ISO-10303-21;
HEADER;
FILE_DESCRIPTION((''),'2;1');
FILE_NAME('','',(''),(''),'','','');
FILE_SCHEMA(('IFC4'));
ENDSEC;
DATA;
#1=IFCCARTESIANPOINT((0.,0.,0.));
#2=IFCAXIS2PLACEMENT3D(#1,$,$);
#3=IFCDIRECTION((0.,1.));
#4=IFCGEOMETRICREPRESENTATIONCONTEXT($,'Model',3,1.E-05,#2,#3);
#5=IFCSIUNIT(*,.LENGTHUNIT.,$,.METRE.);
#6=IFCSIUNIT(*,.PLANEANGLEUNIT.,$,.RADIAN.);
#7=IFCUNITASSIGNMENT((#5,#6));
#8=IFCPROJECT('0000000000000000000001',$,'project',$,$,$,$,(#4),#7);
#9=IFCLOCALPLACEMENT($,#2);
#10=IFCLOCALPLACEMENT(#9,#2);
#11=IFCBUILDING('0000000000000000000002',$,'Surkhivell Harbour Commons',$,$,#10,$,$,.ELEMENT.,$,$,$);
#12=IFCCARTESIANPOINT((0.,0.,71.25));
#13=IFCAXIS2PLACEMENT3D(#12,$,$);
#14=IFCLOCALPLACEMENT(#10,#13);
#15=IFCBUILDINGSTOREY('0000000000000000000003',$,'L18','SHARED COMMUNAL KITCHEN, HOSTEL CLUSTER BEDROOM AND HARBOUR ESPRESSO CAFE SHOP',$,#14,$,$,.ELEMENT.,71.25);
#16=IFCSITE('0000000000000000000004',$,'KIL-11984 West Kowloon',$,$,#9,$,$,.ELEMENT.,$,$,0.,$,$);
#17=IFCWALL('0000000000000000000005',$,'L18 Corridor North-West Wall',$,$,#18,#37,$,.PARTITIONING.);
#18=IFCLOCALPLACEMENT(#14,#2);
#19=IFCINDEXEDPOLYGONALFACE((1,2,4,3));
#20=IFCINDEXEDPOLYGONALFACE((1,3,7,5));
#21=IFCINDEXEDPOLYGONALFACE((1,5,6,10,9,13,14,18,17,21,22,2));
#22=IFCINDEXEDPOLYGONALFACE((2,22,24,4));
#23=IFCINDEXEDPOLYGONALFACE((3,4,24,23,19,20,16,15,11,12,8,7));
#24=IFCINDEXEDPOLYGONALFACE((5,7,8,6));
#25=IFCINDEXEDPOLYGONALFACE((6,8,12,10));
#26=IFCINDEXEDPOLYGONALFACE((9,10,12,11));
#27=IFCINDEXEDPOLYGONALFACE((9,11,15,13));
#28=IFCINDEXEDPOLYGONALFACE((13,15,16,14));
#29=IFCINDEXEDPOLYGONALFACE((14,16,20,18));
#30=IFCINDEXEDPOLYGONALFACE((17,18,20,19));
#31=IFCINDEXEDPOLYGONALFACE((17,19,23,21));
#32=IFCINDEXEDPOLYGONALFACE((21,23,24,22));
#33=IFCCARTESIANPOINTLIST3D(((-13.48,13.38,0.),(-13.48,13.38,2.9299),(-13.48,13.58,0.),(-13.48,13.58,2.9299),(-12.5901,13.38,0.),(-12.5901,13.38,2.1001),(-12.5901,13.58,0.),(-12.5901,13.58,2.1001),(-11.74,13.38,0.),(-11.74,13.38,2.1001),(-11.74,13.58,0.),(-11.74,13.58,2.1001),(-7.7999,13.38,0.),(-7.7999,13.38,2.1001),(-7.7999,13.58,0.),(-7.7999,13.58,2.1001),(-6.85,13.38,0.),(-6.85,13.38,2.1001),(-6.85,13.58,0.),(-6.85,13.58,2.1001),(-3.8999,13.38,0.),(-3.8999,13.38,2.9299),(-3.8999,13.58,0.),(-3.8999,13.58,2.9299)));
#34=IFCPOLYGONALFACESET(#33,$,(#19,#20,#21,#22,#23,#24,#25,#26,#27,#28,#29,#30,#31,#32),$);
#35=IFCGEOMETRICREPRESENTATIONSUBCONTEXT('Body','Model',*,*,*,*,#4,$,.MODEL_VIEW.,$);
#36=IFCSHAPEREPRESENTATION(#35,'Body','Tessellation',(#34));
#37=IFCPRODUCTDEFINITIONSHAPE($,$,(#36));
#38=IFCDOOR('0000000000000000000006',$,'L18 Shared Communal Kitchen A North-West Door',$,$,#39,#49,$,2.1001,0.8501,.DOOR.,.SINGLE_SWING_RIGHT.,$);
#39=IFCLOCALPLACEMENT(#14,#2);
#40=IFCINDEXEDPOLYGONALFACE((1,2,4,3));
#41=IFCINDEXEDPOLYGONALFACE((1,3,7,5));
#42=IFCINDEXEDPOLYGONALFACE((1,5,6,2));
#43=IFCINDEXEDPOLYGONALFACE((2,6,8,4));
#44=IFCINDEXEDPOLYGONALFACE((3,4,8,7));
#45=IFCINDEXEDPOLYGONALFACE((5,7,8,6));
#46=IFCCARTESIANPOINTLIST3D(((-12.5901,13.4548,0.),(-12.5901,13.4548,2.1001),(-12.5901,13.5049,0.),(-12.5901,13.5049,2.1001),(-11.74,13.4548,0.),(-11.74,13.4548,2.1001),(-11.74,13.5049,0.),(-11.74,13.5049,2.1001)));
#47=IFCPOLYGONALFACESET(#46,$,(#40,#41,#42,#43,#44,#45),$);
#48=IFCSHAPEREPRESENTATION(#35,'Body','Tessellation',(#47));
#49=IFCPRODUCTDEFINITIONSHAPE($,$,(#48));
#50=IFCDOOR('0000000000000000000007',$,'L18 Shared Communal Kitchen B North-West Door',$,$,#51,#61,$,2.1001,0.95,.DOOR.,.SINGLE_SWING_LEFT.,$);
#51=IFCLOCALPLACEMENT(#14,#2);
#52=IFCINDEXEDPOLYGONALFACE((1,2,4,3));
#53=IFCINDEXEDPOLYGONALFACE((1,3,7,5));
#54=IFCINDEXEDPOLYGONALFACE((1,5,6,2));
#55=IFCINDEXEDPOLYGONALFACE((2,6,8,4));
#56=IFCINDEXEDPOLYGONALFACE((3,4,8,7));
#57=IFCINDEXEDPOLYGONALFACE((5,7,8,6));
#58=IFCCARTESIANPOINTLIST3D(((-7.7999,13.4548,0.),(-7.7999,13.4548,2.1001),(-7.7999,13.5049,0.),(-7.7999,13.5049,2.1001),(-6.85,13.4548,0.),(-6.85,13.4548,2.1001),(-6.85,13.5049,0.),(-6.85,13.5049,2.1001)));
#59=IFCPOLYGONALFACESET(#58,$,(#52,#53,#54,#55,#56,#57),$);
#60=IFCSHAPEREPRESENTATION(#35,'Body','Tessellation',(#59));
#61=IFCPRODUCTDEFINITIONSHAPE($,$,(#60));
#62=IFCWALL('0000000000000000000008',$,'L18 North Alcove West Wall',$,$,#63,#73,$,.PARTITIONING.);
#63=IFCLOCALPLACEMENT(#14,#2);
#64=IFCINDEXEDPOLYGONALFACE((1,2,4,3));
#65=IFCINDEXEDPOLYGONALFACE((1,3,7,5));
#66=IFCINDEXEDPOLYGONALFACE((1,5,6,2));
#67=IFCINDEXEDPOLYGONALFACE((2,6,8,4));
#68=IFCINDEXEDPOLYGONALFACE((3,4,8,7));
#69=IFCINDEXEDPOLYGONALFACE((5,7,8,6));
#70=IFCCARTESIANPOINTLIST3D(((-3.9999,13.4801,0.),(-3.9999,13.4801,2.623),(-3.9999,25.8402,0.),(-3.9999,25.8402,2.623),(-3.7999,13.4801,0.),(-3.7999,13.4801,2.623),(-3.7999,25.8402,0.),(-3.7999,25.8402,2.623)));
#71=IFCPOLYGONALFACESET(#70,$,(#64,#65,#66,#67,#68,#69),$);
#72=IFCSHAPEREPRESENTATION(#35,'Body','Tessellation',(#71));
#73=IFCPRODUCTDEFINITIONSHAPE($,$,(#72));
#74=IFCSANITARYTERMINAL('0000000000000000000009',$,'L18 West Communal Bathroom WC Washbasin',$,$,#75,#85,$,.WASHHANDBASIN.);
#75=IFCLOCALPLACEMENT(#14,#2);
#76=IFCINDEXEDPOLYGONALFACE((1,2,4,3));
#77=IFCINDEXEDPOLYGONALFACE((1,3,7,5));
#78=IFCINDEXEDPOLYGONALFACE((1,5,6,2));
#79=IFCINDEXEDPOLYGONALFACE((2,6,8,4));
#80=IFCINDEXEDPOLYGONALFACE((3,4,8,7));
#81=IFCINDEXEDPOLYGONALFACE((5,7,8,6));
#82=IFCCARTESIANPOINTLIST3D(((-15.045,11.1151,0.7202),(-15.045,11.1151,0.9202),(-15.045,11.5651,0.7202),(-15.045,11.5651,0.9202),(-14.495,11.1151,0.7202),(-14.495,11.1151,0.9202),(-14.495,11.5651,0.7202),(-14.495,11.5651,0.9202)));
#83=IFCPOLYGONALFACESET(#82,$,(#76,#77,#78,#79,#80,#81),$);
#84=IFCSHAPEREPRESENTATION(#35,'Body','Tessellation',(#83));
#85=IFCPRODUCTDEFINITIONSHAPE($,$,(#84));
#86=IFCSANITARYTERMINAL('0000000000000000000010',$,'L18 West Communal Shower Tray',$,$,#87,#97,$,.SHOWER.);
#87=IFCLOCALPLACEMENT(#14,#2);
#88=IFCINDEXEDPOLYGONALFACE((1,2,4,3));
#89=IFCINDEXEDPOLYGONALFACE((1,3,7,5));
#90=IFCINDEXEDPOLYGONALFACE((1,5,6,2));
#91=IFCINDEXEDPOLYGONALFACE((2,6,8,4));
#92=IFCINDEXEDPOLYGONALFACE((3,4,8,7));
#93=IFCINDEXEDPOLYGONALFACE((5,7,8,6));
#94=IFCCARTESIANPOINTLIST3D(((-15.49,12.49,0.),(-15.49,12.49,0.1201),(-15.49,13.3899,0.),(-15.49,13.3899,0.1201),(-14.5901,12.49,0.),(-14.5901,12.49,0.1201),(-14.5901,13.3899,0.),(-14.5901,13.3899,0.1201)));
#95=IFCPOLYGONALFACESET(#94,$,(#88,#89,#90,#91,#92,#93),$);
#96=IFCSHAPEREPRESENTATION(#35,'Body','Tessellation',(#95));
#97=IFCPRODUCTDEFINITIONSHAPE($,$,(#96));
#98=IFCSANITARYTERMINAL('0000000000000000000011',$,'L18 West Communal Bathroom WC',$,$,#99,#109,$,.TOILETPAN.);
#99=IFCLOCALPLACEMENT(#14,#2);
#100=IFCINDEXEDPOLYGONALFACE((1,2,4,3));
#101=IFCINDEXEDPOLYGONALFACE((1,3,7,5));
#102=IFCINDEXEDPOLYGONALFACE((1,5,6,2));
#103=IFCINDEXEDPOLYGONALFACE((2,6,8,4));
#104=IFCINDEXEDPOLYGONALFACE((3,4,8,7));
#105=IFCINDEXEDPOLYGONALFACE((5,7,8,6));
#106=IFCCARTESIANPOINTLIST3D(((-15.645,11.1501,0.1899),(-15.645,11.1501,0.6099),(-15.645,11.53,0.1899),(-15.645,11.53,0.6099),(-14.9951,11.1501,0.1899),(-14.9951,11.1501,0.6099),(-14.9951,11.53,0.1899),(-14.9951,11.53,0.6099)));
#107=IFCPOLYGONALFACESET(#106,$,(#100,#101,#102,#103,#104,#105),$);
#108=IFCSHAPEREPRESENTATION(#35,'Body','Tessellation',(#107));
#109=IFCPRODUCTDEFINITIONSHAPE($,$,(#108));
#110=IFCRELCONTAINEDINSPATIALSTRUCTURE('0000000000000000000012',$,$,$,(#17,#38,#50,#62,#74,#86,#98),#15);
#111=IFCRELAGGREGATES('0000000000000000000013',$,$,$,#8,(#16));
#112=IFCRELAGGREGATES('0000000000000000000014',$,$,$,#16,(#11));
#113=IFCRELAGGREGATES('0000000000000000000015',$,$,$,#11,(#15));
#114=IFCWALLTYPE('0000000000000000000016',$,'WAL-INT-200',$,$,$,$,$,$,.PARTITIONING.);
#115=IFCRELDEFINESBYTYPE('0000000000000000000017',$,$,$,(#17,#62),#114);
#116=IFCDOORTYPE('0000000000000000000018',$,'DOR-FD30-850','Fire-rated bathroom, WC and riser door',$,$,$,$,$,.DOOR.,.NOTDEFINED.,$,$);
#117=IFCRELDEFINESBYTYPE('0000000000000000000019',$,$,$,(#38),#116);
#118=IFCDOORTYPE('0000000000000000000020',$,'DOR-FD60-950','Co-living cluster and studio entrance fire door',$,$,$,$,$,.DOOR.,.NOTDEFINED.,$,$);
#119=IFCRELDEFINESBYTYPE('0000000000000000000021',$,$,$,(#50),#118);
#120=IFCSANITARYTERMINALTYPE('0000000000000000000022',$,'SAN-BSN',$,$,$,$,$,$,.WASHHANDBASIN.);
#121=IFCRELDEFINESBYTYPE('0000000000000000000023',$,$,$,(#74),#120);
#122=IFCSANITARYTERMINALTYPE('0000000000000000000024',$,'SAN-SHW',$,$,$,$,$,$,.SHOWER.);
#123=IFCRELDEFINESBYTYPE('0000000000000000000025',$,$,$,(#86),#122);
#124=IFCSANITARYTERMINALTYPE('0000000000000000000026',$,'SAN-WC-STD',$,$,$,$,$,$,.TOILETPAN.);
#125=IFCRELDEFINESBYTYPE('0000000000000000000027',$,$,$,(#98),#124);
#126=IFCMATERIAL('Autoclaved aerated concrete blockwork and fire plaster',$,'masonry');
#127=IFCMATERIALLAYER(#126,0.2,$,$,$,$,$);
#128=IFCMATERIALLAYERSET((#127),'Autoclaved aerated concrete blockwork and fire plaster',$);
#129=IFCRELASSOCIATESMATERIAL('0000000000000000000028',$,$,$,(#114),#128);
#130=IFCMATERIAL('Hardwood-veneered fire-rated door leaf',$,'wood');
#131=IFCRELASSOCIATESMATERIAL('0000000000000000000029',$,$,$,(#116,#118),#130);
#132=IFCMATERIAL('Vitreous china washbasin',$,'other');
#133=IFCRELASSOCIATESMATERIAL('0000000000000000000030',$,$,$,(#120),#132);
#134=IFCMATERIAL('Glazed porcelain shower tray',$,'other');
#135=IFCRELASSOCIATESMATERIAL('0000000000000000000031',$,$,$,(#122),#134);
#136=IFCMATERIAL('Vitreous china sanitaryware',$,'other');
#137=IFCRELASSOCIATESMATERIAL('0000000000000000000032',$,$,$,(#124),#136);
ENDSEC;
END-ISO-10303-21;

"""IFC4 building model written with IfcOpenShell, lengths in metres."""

from ifc_helpers import new_model, si_unit, direction, frame, frame_2d, origin, origin_2d, place, context, subcontext, project, spatial, rectangle, extrude, material, layer, layer_set, type_object, element, fill, save


model = new_model("IFC4")

# Units and contexts
model_context = context("Model", 3, precision=1e-05, world=origin(), true_north=direction((0.0, 1.0)))
body_context = subcontext(model_context, "Body", "Model", "MODEL_VIEW")
ifc_project = project(units=[si_unit("LENGTHUNIT", "METRE"), si_unit("PLANEANGLEUNIT", "RADIAN")], contexts=[model_context])

# Site, building, storey
site_placement = place(None, origin())
site = spatial("IfcSite", under=ifc_project, at=site_placement, Name="KIL-11984 West Kowloon", CompositionType="ELEMENT", RefElevation=0.0)
building_placement = place(site_placement, origin())
building = spatial("IfcBuilding", under=site, at=building_placement, Name="Surkhivell Harbour Commons", CompositionType="ELEMENT")
storey_placement = place(building_placement, frame((0.0, 0.0, 71.25)))
storey = spatial("IfcBuildingStorey", under=building, at=storey_placement, Name="L18", Description="SHARED COMMUNAL KITCHEN, HOSTEL CLUSTER BEDROOM AND HARBOUR ESPRESSO CAFE SHOP", CompositionType="ELEMENT", Elevation=71.25)

# Shared definitions
ifc_material_1 = material(Name="Hardwood-veneered fire-rated door leaf", Category="wood")

# Shared definitions
ifc_material_2 = material(Name="Autoclaved aerated concrete blockwork and fire plaster", Category="masonry")
ifc_layer_1 = layer(ifc_material_2, 0.2)
ifc_layer_set_1 = layer_set([ifc_layer_1], Name="Autoclaved aerated concrete blockwork and fire plaster")
wall_type_1 = type_object("IfcWallType", Name="WAL-INT-200", PredefinedType="PARTITIONING", material=ifc_layer_set_1)

# Wall, openings, doors
wall_1_placement = place(storey_placement, frame((-13.48, 13.48, 0.0), z_axis=(0.0, 0.0, 1.0), x_axis=(1.0, 0.0, 0.0)))
wall_1 = element("IfcWall", 1, at=wall_1_placement, inside=storey, type_object=wall_type_1, Name="L18 Corridor North-West Wall", PredefinedType="PARTITIONING", context=body_context, shape_type="SweptSolid", body=[
    extrude(rectangle(XDim=9.5801, YDim=0.2, at=frame_2d((4.79, 0.0))), origin(), (0.0, 0.0, 1.0), 2.9299),
])
opening_1_placement = place(wall_1_placement, frame((0.8899, 0.0, 0.0)))
opening_1 = element("IfcOpeningElement", 2, at=opening_1_placement, cuts=wall_1, PredefinedType="OPENING", context=body_context, shape_type="SweptSolid", body=[
    extrude(rectangle(XDim=0.8501, YDim=2.1001, at=frame_2d((0.425, 1.05))), frame((0.0, 0.1099, 0.0), z_axis=(0.0, -1.0, 0.0), x_axis=(1.0, 0.0, 0.0)), (0.0, 0.0, 1.0), 0.22),
])
opening_2_placement = place(wall_1_placement, frame((5.6799, 0.0, 0.0)))
opening_2 = element("IfcOpeningElement", 3, at=opening_2_placement, cuts=wall_1, PredefinedType="OPENING", context=body_context, shape_type="SweptSolid", body=[
    extrude(rectangle(XDim=0.95, YDim=2.1001, at=frame_2d((0.4751, 1.05))), frame((0.0, 0.1099, 0.0), z_axis=(0.0, -1.0, 0.0), x_axis=(1.0, 0.0, 0.0)), (0.0, 0.0, 1.0), 0.22),
])
door_type_1 = type_object("IfcDoorType", Name="DOR-FD30-850", Description="Fire-rated bathroom, WC and riser door", OperationType="NOTDEFINED", PredefinedType="DOOR", material=ifc_material_1)
door_1_placement = place(opening_1_placement, origin())
door_1 = element("IfcDoor", 4, at=door_1_placement, inside=storey, type_object=door_type_1, Name="L18 Shared Communal Kitchen A North-West Door", OperationType="SINGLE_SWING_RIGHT", OverallHeight=2.1001, OverallWidth=0.8501, PredefinedType="DOOR", context=body_context, shape_type="SweptSolid", body=[
    extrude(rectangle(XDim=0.8501, YDim=2.1001, at=frame_2d((0.425, 1.05))), frame((0.0, 0.0249, 0.0), z_axis=(0.0, -1.0, 0.0), x_axis=(1.0, 0.0, 0.0)), (0.0, 0.0, 1.0), 0.05),
])
fill(opening_1, door_1)
door_type_2 = type_object("IfcDoorType", Name="DOR-FD60-950", Description="Co-living cluster and studio entrance fire door", OperationType="NOTDEFINED", PredefinedType="DOOR", material=ifc_material_1)
door_2_placement = place(opening_2_placement, origin())
door_2 = element("IfcDoor", 5, at=door_2_placement, inside=storey, type_object=door_type_2, Name="L18 Shared Communal Kitchen B North-West Door", OperationType="SINGLE_SWING_LEFT", OverallHeight=2.1001, OverallWidth=0.95, PredefinedType="DOOR", context=body_context, shape_type="SweptSolid", body=[
    extrude(rectangle(XDim=0.95, YDim=2.1001, at=frame_2d((0.4751, 1.05))), frame((0.0, 0.0249, 0.0), z_axis=(0.0, -1.0, 0.0), x_axis=(1.0, 0.0, 0.0)), (0.0, 0.0, 1.0), 0.05),
])
fill(opening_2, door_2)

# Wall
wall_2_placement = place(storey_placement, frame((-3.8999, 13.48, 0.0), z_axis=(0.0, 0.0, 1.0), x_axis=(0.0, 1.0, 0.0)))
element("IfcWall", 6, at=wall_2_placement, inside=storey, type_object=wall_type_1, Name="L18 North Alcove West Wall", PredefinedType="PARTITIONING", context=body_context, shape_type="SweptSolid", body=[
    extrude(rectangle(XDim=12.3601, YDim=0.2, at=frame_2d((6.1802, 0.0))), origin(), (0.0, 0.0, 1.0), 2.623),
])

# Sanitary terminals
ifc_material_3 = material(Name="Vitreous china washbasin", Category="other")
sanitary_terminal_type_1 = type_object("IfcSanitaryTerminalType", Name="SAN-BSN", PredefinedType="WASHHANDBASIN", material=ifc_material_3)
sanitary_terminal_1_placement = place(storey_placement, frame((-14.77, 11.3401, 0.7202), z_axis=(0.0, 0.0, 1.0), x_axis=(1.0, 0.0, 0.0)))
element("IfcSanitaryTerminal", 7, at=sanitary_terminal_1_placement, inside=storey, type_object=sanitary_terminal_type_1, Name="L18 West Communal Bathroom WC Washbasin", PredefinedType="WASHHANDBASIN", context=body_context, shape_type="SweptSolid", body=[
    extrude(rectangle(XDim=0.55, YDim=0.45, at=origin_2d()), origin(), (0.0, 0.0, 1.0), 0.2),
])
ifc_material_4 = material(Name="Glazed porcelain shower tray", Category="other")
sanitary_terminal_type_2 = type_object("IfcSanitaryTerminalType", Name="SAN-SHW", PredefinedType="SHOWER", material=ifc_material_4)
sanitary_terminal_2_placement = place(storey_placement, frame((-15.04, 12.9399, 0.0), z_axis=(0.0, 0.0, 1.0), x_axis=(1.0, 0.0, 0.0)))
element("IfcSanitaryTerminal", 8, at=sanitary_terminal_2_placement, inside=storey, type_object=sanitary_terminal_type_2, Name="L18 West Communal Shower Tray", PredefinedType="SHOWER", context=body_context, shape_type="SweptSolid", body=[
    extrude(rectangle(XDim=0.8999, YDim=0.8999, at=origin_2d()), origin(), (0.0, 0.0, 1.0), 0.1201),
])
ifc_material_5 = material(Name="Vitreous china sanitaryware", Category="other")
sanitary_terminal_type_3 = type_object("IfcSanitaryTerminalType", Name="SAN-WC-STD", PredefinedType="TOILETPAN", material=ifc_material_5)
sanitary_terminal_3_placement = place(storey_placement, frame((-15.3201, 11.3401, 0.1899), z_axis=(0.0, 0.0, 1.0), x_axis=(1.0, 0.0, 0.0)))
element("IfcSanitaryTerminal", 9, at=sanitary_terminal_3_placement, inside=storey, type_object=sanitary_terminal_type_3, Name="L18 West Communal Bathroom WC", PredefinedType="TOILETPAN", context=body_context, shape_type="SweptSolid", body=[
    extrude(rectangle(XDim=0.6499, YDim=0.3799, at=origin_2d()), origin(), (0.0, 0.0, 1.0), 0.4199),
])

save(model, "model.ifc")
